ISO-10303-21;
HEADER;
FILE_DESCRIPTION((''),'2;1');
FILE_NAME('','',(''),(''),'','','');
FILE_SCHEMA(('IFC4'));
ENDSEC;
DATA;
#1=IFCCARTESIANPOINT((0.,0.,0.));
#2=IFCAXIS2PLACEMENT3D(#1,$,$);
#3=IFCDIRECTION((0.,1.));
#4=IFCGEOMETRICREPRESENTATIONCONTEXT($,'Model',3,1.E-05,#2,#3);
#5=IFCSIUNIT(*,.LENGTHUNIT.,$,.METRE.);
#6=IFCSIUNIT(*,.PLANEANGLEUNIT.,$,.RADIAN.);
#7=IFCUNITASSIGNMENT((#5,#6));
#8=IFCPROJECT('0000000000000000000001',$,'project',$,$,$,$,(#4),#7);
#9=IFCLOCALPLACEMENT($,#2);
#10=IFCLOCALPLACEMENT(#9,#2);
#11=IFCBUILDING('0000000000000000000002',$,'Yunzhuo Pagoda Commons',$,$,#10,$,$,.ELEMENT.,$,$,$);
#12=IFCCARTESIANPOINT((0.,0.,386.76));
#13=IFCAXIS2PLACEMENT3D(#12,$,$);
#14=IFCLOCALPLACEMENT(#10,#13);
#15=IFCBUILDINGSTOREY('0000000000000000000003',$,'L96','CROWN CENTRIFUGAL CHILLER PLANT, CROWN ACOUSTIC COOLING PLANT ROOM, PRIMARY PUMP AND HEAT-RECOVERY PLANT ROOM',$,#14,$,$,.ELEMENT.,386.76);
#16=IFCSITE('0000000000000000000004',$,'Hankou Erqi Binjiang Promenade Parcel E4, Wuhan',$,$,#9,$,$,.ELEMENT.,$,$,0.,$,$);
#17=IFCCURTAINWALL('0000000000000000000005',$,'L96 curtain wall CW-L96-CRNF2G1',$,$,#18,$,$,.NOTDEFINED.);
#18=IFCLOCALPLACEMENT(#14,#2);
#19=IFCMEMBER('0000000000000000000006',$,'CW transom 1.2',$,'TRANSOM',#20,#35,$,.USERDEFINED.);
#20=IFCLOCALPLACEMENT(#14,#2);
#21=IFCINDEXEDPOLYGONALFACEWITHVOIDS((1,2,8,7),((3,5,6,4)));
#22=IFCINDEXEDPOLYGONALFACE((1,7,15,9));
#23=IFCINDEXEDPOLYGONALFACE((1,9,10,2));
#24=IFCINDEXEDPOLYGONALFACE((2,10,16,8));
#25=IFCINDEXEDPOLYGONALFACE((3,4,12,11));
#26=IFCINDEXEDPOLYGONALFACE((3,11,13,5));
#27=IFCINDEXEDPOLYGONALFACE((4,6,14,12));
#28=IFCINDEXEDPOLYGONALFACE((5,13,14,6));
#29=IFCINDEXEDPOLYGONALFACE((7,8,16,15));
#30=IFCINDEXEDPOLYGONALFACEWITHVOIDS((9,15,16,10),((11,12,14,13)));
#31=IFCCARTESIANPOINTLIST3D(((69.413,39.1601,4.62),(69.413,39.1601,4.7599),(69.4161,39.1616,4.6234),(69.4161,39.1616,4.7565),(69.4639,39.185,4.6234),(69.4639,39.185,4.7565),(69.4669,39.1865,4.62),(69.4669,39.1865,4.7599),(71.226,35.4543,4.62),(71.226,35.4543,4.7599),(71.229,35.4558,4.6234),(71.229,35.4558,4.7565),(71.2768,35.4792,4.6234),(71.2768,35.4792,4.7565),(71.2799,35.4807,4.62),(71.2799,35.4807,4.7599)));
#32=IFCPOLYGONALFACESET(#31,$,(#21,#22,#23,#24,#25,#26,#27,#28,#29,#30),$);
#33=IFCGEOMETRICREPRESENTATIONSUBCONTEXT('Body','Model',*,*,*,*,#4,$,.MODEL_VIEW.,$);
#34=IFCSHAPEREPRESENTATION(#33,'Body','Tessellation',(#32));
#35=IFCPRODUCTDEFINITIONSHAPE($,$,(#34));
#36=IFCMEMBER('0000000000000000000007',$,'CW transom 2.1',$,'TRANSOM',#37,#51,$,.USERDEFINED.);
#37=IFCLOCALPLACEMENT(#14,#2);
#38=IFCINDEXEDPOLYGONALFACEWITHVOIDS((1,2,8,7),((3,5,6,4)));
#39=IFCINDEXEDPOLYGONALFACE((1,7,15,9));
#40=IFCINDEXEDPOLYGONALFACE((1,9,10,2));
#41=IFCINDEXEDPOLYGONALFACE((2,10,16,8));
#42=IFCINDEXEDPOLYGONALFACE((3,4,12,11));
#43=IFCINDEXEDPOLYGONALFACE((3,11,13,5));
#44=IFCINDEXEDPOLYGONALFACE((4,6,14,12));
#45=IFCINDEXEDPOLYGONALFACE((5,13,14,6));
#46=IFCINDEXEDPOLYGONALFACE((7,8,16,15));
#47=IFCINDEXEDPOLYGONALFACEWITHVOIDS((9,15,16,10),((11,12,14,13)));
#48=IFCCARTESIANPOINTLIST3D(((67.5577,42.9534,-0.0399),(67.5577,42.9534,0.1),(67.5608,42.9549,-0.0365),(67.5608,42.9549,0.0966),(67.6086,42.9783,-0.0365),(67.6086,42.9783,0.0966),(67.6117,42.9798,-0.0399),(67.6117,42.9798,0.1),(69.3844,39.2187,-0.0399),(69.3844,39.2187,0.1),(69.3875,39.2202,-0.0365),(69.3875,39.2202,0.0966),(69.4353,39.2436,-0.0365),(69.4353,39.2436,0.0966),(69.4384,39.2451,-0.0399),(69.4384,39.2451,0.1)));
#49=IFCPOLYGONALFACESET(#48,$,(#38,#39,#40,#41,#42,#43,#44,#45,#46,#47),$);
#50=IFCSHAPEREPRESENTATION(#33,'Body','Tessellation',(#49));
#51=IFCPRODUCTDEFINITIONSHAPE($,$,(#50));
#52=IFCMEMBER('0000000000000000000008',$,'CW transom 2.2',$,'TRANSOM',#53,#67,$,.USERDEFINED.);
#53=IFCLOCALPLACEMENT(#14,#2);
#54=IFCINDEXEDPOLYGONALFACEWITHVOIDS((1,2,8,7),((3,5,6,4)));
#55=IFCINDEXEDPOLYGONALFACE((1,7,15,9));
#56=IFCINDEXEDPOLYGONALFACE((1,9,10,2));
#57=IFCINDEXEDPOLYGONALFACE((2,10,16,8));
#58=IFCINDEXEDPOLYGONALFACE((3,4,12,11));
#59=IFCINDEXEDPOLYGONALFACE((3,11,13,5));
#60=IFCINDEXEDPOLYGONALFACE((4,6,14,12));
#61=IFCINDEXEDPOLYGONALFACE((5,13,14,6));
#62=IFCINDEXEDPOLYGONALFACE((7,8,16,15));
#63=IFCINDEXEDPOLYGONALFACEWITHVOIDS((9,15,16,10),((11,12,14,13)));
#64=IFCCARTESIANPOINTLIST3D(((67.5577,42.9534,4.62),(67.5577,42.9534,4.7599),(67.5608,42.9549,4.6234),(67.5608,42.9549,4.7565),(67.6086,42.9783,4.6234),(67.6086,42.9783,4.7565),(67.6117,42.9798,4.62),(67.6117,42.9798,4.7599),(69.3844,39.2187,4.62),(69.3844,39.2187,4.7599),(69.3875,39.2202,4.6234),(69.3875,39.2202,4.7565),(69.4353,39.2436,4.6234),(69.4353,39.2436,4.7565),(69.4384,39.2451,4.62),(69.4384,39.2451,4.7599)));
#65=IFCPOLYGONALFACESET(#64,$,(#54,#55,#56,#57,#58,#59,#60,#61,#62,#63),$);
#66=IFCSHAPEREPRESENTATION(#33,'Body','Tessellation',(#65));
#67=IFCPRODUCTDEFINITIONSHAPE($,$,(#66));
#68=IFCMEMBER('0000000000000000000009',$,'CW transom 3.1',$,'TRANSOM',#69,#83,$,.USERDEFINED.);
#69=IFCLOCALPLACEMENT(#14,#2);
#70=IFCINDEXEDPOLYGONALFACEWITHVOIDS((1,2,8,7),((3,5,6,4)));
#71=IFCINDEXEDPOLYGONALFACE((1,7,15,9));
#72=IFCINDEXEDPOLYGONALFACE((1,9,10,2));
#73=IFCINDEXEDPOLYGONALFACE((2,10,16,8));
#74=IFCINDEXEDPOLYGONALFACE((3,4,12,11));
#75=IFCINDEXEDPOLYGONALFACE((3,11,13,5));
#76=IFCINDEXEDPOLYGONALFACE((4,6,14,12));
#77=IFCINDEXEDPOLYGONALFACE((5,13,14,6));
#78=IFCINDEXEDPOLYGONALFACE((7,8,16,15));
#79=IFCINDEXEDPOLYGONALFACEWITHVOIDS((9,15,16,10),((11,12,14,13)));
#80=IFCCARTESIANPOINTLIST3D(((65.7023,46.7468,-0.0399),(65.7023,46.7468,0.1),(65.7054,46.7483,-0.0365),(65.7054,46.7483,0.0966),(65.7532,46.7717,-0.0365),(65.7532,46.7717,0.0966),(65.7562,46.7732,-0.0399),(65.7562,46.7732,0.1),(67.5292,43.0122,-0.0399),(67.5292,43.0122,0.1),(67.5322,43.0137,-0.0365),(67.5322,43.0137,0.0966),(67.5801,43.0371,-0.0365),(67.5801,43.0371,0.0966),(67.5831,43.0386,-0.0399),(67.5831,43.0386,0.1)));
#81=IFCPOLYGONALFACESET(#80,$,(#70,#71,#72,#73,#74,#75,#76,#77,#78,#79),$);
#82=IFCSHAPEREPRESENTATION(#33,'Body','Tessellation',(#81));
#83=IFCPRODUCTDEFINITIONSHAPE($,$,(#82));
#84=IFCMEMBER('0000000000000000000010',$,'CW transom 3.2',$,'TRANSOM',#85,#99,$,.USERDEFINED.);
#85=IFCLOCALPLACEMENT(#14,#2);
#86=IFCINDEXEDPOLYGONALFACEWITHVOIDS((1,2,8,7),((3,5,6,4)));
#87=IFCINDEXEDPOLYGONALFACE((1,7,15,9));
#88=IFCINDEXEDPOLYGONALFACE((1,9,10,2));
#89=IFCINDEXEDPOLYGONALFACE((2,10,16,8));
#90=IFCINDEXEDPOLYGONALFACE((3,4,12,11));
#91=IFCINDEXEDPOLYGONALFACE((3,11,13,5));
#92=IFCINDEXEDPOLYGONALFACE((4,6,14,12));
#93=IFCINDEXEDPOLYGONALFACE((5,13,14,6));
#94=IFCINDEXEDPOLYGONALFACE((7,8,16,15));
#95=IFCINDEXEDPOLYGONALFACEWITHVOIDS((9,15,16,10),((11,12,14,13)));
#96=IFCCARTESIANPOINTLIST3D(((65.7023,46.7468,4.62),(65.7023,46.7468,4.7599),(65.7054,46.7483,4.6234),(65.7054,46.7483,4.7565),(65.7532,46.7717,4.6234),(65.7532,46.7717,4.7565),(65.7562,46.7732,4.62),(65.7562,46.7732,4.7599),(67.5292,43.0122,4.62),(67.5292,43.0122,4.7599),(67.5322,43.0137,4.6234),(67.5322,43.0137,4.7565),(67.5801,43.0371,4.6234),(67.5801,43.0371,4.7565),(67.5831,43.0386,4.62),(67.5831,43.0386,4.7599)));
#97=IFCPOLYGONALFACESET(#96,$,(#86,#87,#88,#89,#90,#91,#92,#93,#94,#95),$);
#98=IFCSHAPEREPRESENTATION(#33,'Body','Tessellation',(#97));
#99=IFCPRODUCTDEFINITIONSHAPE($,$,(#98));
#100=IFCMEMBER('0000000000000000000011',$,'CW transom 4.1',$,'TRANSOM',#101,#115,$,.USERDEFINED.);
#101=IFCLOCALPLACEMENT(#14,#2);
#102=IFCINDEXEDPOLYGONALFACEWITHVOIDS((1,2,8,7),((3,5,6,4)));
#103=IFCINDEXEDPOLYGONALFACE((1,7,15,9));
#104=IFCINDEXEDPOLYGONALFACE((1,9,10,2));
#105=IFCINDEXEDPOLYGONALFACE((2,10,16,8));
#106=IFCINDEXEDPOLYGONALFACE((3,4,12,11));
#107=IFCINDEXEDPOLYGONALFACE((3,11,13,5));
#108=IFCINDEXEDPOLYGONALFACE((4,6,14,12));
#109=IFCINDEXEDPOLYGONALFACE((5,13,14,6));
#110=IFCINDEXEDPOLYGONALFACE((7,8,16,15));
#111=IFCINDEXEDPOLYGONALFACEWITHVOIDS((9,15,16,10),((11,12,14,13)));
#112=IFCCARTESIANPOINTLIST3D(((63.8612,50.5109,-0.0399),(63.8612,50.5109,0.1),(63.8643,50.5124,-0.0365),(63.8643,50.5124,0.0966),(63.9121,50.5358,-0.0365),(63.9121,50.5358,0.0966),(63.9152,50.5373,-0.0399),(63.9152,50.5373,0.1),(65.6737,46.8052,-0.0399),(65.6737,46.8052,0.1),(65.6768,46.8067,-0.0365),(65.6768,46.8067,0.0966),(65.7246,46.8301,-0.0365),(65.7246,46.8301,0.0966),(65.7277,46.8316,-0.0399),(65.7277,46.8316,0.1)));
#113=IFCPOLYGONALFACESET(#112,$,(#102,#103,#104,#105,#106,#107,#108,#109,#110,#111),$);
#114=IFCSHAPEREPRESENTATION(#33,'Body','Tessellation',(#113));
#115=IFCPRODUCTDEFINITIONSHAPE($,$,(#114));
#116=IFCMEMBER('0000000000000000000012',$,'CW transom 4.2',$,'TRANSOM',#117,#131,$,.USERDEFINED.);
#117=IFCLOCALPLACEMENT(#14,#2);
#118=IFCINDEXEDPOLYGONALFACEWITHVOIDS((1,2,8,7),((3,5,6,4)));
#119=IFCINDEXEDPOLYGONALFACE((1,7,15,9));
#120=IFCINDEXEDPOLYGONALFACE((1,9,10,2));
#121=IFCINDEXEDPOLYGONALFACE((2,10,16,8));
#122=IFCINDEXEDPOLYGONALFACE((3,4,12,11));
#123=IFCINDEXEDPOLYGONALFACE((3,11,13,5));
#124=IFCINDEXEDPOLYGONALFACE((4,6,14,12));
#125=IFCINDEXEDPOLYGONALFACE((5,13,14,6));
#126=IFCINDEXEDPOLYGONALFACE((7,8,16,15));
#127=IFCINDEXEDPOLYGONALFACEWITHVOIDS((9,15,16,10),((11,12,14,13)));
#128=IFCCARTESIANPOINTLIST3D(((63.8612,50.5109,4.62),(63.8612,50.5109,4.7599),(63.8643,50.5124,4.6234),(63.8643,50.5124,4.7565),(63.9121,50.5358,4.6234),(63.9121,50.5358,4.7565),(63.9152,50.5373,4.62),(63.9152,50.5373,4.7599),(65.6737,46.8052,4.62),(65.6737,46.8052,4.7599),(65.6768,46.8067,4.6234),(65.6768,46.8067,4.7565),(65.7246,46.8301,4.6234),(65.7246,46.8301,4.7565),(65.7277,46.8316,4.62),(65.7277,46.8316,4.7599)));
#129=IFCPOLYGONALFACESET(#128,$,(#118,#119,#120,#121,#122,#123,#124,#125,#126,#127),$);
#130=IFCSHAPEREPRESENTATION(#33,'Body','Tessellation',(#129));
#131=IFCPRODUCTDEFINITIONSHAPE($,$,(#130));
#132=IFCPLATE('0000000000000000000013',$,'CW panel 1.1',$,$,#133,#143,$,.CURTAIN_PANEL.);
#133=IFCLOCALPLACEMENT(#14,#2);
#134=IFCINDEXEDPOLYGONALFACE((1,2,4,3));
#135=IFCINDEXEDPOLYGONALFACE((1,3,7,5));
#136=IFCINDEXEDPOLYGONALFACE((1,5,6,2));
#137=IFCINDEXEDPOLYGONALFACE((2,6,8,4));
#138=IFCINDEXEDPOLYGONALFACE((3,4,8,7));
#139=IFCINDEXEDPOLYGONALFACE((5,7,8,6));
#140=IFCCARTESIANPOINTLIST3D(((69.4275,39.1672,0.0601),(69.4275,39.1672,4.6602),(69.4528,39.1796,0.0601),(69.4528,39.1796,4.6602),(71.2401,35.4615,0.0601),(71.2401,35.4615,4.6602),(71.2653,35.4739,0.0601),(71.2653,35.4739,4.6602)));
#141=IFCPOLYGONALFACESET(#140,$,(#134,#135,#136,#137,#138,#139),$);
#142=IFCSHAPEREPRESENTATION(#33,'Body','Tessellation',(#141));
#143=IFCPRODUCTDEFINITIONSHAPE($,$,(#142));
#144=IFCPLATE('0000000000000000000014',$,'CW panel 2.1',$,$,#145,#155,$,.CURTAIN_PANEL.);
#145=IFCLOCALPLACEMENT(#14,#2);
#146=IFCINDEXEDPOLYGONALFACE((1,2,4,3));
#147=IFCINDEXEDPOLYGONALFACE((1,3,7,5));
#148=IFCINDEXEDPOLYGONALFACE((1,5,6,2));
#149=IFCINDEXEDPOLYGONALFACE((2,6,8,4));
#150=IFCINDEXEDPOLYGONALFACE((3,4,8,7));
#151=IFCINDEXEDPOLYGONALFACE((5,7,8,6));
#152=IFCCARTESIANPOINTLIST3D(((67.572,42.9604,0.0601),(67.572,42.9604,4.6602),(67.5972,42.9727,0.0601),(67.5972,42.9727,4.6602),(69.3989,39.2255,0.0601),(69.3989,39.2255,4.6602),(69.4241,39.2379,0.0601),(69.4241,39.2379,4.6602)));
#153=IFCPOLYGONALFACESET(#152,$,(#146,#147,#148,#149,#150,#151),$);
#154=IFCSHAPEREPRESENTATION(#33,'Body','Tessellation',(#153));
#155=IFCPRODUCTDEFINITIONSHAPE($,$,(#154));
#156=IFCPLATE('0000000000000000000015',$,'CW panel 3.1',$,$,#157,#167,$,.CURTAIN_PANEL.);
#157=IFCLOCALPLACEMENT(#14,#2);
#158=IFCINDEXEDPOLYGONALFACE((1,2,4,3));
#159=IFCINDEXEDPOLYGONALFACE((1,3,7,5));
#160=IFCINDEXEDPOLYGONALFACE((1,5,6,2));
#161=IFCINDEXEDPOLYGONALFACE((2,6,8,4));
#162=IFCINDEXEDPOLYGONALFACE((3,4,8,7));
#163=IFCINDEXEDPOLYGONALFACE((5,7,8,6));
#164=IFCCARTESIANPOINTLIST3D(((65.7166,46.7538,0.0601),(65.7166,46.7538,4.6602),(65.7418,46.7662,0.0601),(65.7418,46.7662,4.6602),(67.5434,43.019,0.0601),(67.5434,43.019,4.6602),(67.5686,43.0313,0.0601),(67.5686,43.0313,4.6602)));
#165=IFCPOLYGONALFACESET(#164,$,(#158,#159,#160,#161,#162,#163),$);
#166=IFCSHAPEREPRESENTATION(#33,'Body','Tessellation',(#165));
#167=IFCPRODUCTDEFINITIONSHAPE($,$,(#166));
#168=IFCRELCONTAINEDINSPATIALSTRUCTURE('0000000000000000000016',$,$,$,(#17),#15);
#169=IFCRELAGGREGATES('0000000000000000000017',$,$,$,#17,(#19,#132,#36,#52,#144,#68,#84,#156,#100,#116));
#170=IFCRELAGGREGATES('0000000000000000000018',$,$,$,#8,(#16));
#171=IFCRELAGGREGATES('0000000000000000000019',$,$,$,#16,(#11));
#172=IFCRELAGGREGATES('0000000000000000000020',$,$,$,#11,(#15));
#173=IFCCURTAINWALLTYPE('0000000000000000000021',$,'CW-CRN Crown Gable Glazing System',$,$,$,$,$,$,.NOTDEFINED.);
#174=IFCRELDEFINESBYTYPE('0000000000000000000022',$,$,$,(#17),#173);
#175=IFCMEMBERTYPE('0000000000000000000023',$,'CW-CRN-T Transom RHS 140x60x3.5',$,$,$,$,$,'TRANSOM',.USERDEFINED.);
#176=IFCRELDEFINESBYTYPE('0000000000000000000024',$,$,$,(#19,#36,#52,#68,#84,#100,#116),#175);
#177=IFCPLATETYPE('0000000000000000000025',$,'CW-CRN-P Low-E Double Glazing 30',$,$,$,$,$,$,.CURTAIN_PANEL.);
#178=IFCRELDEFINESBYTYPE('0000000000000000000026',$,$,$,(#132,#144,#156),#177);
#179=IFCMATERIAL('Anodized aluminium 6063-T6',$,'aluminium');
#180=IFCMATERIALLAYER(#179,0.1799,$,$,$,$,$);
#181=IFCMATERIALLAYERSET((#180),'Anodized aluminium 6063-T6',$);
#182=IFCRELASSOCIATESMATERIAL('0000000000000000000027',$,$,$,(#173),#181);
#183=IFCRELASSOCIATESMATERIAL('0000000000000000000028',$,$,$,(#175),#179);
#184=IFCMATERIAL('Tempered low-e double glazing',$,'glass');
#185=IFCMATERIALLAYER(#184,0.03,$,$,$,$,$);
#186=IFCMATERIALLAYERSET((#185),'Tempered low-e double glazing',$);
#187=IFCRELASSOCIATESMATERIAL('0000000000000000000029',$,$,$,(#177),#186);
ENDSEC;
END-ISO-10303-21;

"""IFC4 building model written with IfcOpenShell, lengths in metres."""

from ifc_helpers import new_model, si_unit, direction, frame, origin, origin_2d, place, context, subcontext, project, spatial, rectangle, hollow_rectangle, extrude, source, transform, mapped, material, layer, layer_set, material_profile, profile_set, type_object, element, aggregate, save


model = new_model("IFC4")

# Units and contexts
model_context = context("Model", 3, precision=1e-05, world=origin(), true_north=direction((0.0, 1.0)))
body_context = subcontext(model_context, "Body", "Model", "MODEL_VIEW")
ifc_project = project(units=[si_unit("LENGTHUNIT", "METRE"), si_unit("PLANEANGLEUNIT", "RADIAN")], contexts=[model_context])

# Site, building, storey
site_placement = place(None, origin())
site = spatial("IfcSite", under=ifc_project, at=site_placement, Name="Hankou Erqi Binjiang Promenade Parcel E4, Wuhan", CompositionType="ELEMENT", RefElevation=0.0)
building_placement = place(site_placement, origin())
building = spatial("IfcBuilding", under=site, at=building_placement, Name="Yunzhuo Pagoda Commons", CompositionType="ELEMENT")
storey_placement = place(building_placement, frame((0.0, 0.0, 386.76)))
storey = spatial("IfcBuildingStorey", under=building, at=storey_placement, Name="L96", Description="CROWN CENTRIFUGAL CHILLER PLANT, CROWN ACOUSTIC COOLING PLANT ROOM, PRIMARY PUMP AND HEAT-RECOVERY PLANT ROOM", CompositionType="ELEMENT", Elevation=386.76)

# Curtain wall, members, plates
ifc_material_1 = material(Name="Anodized aluminium 6063-T6", Category="aluminium")
ifc_layer_1 = layer(ifc_material_1, 0.1799)
ifc_layer_set_1 = layer_set([ifc_layer_1], Name="Anodized aluminium 6063-T6")
curtain_wall_type = type_object("IfcCurtainWallType", Name="CW-CRN Crown Gable Glazing System", PredefinedType="NOTDEFINED", material=ifc_layer_set_1)
curtain_wall_placement = place(storey_placement, origin())
curtain_wall = element("IfcCurtainWall", 1, at=curtain_wall_placement, inside=storey, type_object=curtain_wall_type, Name="L96 curtain wall CW-L96-CRNF2G1", PredefinedType="NOTDEFINED")
ifc_material_profile_1 = material_profile(ifc_material_1, hollow_rectangle(XDim=0.0601, YDim=0.1399, WallThickness=0.0034, at=origin_2d()), Name="Anodized aluminium 6063-T6")
ifc_profile_set_1 = profile_set([ifc_material_profile_1], Name="Anodized aluminium 6063-T6")
member_type_1 = type_object("IfcMemberType", Name="CW-CRN-T Transom RHS 140x60x3.5", ElementType="TRANSOM", PredefinedType="USERDEFINED", material=ifc_profile_set_1)
shared_shape_1 = source(origin(), body_context, "Body", "SweptSolid", [
    extrude(hollow_rectangle(XDim=0.0601, YDim=0.1399, WallThickness=0.0034, at=origin_2d()), origin(), (0.0, 0.0, 1.0), 4.1255),
])
member_1_placement = place(storey_placement, frame((71.2529, 35.4675, 4.6899), z_axis=(-0.439456, 0.898264, 0.0), x_axis=(-0.898264, -0.439456, 0.0)))
member_1 = element("IfcMember", 2, at=member_1_placement, type_object=member_type_1, Name="CW transom 1.2", ObjectType="TRANSOM", PredefinedType="USERDEFINED", context=body_context, shape_type="MappedRepresentation", body=[
    mapped(shared_shape_1, transform((0.0, 0.0, 0.0), scale=1.0)),
])
shared_shape_2 = source(origin(), body_context, "Body", "SweptSolid", [
    extrude(hollow_rectangle(XDim=0.0601, YDim=0.1399, WallThickness=0.0034, at=origin_2d()), origin(), (0.0, 0.0, 1.0), 4.1575),
])
member_2_placement = place(storey_placement, frame((69.4114, 39.2319, 0.03), z_axis=(-0.439374, 0.898304, 0.0), x_axis=(-0.898304, -0.439374, 0.0)))
member_2 = element("IfcMember", 3, at=member_2_placement, type_object=member_type_1, Name="CW transom 2.1", ObjectType="TRANSOM", PredefinedType="USERDEFINED", context=body_context, shape_type="MappedRepresentation", body=[
    mapped(shared_shape_2, transform((0.0, 0.0, 0.0), scale=1.0)),
])
member_3_placement = place(storey_placement, frame((69.4114, 39.2319, 4.6899), z_axis=(-0.439374, 0.898304, 0.0), x_axis=(-0.898304, -0.439374, 0.0)))
member_3 = element("IfcMember", 4, at=member_3_placement, type_object=member_type_1, Name="CW transom 2.2", ObjectType="TRANSOM", PredefinedType="USERDEFINED", context=body_context, shape_type="MappedRepresentation", body=[
    mapped(shared_shape_2, transform((0.0, 0.0, 0.0), scale=1.0)),
])
member_4_placement = place(storey_placement, frame((67.5562, 43.0254, 0.03), z_axis=(-0.439422, 0.898281, 0.0), x_axis=(-0.898281, -0.439422, 0.0)))
member_4 = element("IfcMember", 5, at=member_4_placement, type_object=member_type_1, Name="CW transom 3.1", ObjectType="TRANSOM", PredefinedType="USERDEFINED", context=body_context, shape_type="MappedRepresentation", body=[
    mapped(shared_shape_2, transform((0.0, 0.0, 0.0), scale=1.0)),
])
member_5_placement = place(storey_placement, frame((67.5562, 43.0254, 4.6899), z_axis=(-0.439422, 0.898281, 0.0), x_axis=(-0.898281, -0.439422, 0.0)))
member_5 = element("IfcMember", 6, at=member_5_placement, type_object=member_type_1, Name="CW transom 3.2", ObjectType="TRANSOM", PredefinedType="USERDEFINED", context=body_context, shape_type="MappedRepresentation", body=[
    mapped(shared_shape_2, transform((0.0, 0.0, 0.0), scale=1.0)),
])
shared_shape_3 = source(origin(), body_context, "Body", "SweptSolid", [
    extrude(hollow_rectangle(XDim=0.0601, YDim=0.1399, WallThickness=0.0034, at=origin_2d()), origin(), (0.0, 0.0, 1.0), 4.1252),
])
member_6_placement = place(storey_placement, frame((65.7007, 46.8184, 0.03), z_axis=(-0.439361, 0.898311, 0.0), x_axis=(-0.898311, -0.439361, 0.0)))
member_6 = element("IfcMember", 7, at=member_6_placement, type_object=member_type_1, Name="CW transom 4.1", ObjectType="TRANSOM", PredefinedType="USERDEFINED", context=body_context, shape_type="MappedRepresentation", body=[
    mapped(shared_shape_3, transform((0.0, 0.0, 0.0), scale=1.0)),
])
member_7_placement = place(storey_placement, frame((65.7007, 46.8184, 4.6899), z_axis=(-0.439361, 0.898311, 0.0), x_axis=(-0.898311, -0.439361, 0.0)))
member_7 = element("IfcMember", 8, at=member_7_placement, type_object=member_type_1, Name="CW transom 4.2", ObjectType="TRANSOM", PredefinedType="USERDEFINED", context=body_context, shape_type="MappedRepresentation", body=[
    mapped(shared_shape_3, transform((0.0, 0.0, 0.0), scale=1.0)),
])
ifc_material_2 = material(Name="Tempered low-e double glazing", Category="glass")
ifc_layer_2 = layer(ifc_material_2, 0.03)
ifc_layer_set_2 = layer_set([ifc_layer_2], Name="Tempered low-e double glazing")
plate_type = type_object("IfcPlateType", Name="CW-CRN-P Low-E Double Glazing 30", PredefinedType="CURTAIN_PANEL", material=ifc_layer_set_2)
shared_shape_4 = source(origin(), body_context, "Body", "SweptSolid", [
    extrude(rectangle(XDim=4.1252, YDim=0.0281, at=origin_2d()), origin(), (0.0, 0.0, 1.0), 4.6001),
])
plate_1_placement = place(storey_placement, frame((70.3464, 37.3206, 0.0601), z_axis=(0.0, 0.0, 1.0), x_axis=(-0.439384, 0.898299, 0.0)))
plate_1 = element("IfcPlate", 9, at=plate_1_placement, type_object=plate_type, Name="CW panel 1.1", PredefinedType="CURTAIN_PANEL", context=body_context, shape_type="MappedRepresentation", body=[
    mapped(shared_shape_4, transform((0.0, 0.0, 0.0), scale=1.0)),
])
shared_shape_5 = source(origin(), body_context, "Body", "SweptSolid", [
    extrude(rectangle(XDim=4.1577, YDim=0.0281, at=origin_2d()), origin(), (0.0, 0.0, 1.0), 4.6001),
])
plate_2_placement = place(storey_placement, frame((68.498, 41.0991, 0.0601), z_axis=(0.0, 0.0, 1.0), x_axis=(-0.439384, 0.898299, 0.0)))
plate_2 = element("IfcPlate", 10, at=plate_2_placement, type_object=plate_type, Name="CW panel 2.1", PredefinedType="CURTAIN_PANEL", context=body_context, shape_type="MappedRepresentation", body=[
    mapped(shared_shape_5, transform((0.0, 0.0, 0.0), scale=1.0)),
])
plate_3_placement = place(storey_placement, frame((66.6426, 44.8926, 0.0601), z_axis=(0.0, 0.0, 1.0), x_axis=(-0.439384, 0.898299, 0.0)))
plate_3 = element("IfcPlate", 11, at=plate_3_placement, type_object=plate_type, Name="CW panel 3.1", PredefinedType="CURTAIN_PANEL", context=body_context, shape_type="MappedRepresentation", body=[
    mapped(shared_shape_5, transform((0.0, 0.0, 0.0), scale=1.0)),
])
aggregate(curtain_wall, [member_1, plate_1, member_2, member_3, plate_2, member_4, member_5, plate_3, member_6, member_7])

save(model, "model.ifc")
